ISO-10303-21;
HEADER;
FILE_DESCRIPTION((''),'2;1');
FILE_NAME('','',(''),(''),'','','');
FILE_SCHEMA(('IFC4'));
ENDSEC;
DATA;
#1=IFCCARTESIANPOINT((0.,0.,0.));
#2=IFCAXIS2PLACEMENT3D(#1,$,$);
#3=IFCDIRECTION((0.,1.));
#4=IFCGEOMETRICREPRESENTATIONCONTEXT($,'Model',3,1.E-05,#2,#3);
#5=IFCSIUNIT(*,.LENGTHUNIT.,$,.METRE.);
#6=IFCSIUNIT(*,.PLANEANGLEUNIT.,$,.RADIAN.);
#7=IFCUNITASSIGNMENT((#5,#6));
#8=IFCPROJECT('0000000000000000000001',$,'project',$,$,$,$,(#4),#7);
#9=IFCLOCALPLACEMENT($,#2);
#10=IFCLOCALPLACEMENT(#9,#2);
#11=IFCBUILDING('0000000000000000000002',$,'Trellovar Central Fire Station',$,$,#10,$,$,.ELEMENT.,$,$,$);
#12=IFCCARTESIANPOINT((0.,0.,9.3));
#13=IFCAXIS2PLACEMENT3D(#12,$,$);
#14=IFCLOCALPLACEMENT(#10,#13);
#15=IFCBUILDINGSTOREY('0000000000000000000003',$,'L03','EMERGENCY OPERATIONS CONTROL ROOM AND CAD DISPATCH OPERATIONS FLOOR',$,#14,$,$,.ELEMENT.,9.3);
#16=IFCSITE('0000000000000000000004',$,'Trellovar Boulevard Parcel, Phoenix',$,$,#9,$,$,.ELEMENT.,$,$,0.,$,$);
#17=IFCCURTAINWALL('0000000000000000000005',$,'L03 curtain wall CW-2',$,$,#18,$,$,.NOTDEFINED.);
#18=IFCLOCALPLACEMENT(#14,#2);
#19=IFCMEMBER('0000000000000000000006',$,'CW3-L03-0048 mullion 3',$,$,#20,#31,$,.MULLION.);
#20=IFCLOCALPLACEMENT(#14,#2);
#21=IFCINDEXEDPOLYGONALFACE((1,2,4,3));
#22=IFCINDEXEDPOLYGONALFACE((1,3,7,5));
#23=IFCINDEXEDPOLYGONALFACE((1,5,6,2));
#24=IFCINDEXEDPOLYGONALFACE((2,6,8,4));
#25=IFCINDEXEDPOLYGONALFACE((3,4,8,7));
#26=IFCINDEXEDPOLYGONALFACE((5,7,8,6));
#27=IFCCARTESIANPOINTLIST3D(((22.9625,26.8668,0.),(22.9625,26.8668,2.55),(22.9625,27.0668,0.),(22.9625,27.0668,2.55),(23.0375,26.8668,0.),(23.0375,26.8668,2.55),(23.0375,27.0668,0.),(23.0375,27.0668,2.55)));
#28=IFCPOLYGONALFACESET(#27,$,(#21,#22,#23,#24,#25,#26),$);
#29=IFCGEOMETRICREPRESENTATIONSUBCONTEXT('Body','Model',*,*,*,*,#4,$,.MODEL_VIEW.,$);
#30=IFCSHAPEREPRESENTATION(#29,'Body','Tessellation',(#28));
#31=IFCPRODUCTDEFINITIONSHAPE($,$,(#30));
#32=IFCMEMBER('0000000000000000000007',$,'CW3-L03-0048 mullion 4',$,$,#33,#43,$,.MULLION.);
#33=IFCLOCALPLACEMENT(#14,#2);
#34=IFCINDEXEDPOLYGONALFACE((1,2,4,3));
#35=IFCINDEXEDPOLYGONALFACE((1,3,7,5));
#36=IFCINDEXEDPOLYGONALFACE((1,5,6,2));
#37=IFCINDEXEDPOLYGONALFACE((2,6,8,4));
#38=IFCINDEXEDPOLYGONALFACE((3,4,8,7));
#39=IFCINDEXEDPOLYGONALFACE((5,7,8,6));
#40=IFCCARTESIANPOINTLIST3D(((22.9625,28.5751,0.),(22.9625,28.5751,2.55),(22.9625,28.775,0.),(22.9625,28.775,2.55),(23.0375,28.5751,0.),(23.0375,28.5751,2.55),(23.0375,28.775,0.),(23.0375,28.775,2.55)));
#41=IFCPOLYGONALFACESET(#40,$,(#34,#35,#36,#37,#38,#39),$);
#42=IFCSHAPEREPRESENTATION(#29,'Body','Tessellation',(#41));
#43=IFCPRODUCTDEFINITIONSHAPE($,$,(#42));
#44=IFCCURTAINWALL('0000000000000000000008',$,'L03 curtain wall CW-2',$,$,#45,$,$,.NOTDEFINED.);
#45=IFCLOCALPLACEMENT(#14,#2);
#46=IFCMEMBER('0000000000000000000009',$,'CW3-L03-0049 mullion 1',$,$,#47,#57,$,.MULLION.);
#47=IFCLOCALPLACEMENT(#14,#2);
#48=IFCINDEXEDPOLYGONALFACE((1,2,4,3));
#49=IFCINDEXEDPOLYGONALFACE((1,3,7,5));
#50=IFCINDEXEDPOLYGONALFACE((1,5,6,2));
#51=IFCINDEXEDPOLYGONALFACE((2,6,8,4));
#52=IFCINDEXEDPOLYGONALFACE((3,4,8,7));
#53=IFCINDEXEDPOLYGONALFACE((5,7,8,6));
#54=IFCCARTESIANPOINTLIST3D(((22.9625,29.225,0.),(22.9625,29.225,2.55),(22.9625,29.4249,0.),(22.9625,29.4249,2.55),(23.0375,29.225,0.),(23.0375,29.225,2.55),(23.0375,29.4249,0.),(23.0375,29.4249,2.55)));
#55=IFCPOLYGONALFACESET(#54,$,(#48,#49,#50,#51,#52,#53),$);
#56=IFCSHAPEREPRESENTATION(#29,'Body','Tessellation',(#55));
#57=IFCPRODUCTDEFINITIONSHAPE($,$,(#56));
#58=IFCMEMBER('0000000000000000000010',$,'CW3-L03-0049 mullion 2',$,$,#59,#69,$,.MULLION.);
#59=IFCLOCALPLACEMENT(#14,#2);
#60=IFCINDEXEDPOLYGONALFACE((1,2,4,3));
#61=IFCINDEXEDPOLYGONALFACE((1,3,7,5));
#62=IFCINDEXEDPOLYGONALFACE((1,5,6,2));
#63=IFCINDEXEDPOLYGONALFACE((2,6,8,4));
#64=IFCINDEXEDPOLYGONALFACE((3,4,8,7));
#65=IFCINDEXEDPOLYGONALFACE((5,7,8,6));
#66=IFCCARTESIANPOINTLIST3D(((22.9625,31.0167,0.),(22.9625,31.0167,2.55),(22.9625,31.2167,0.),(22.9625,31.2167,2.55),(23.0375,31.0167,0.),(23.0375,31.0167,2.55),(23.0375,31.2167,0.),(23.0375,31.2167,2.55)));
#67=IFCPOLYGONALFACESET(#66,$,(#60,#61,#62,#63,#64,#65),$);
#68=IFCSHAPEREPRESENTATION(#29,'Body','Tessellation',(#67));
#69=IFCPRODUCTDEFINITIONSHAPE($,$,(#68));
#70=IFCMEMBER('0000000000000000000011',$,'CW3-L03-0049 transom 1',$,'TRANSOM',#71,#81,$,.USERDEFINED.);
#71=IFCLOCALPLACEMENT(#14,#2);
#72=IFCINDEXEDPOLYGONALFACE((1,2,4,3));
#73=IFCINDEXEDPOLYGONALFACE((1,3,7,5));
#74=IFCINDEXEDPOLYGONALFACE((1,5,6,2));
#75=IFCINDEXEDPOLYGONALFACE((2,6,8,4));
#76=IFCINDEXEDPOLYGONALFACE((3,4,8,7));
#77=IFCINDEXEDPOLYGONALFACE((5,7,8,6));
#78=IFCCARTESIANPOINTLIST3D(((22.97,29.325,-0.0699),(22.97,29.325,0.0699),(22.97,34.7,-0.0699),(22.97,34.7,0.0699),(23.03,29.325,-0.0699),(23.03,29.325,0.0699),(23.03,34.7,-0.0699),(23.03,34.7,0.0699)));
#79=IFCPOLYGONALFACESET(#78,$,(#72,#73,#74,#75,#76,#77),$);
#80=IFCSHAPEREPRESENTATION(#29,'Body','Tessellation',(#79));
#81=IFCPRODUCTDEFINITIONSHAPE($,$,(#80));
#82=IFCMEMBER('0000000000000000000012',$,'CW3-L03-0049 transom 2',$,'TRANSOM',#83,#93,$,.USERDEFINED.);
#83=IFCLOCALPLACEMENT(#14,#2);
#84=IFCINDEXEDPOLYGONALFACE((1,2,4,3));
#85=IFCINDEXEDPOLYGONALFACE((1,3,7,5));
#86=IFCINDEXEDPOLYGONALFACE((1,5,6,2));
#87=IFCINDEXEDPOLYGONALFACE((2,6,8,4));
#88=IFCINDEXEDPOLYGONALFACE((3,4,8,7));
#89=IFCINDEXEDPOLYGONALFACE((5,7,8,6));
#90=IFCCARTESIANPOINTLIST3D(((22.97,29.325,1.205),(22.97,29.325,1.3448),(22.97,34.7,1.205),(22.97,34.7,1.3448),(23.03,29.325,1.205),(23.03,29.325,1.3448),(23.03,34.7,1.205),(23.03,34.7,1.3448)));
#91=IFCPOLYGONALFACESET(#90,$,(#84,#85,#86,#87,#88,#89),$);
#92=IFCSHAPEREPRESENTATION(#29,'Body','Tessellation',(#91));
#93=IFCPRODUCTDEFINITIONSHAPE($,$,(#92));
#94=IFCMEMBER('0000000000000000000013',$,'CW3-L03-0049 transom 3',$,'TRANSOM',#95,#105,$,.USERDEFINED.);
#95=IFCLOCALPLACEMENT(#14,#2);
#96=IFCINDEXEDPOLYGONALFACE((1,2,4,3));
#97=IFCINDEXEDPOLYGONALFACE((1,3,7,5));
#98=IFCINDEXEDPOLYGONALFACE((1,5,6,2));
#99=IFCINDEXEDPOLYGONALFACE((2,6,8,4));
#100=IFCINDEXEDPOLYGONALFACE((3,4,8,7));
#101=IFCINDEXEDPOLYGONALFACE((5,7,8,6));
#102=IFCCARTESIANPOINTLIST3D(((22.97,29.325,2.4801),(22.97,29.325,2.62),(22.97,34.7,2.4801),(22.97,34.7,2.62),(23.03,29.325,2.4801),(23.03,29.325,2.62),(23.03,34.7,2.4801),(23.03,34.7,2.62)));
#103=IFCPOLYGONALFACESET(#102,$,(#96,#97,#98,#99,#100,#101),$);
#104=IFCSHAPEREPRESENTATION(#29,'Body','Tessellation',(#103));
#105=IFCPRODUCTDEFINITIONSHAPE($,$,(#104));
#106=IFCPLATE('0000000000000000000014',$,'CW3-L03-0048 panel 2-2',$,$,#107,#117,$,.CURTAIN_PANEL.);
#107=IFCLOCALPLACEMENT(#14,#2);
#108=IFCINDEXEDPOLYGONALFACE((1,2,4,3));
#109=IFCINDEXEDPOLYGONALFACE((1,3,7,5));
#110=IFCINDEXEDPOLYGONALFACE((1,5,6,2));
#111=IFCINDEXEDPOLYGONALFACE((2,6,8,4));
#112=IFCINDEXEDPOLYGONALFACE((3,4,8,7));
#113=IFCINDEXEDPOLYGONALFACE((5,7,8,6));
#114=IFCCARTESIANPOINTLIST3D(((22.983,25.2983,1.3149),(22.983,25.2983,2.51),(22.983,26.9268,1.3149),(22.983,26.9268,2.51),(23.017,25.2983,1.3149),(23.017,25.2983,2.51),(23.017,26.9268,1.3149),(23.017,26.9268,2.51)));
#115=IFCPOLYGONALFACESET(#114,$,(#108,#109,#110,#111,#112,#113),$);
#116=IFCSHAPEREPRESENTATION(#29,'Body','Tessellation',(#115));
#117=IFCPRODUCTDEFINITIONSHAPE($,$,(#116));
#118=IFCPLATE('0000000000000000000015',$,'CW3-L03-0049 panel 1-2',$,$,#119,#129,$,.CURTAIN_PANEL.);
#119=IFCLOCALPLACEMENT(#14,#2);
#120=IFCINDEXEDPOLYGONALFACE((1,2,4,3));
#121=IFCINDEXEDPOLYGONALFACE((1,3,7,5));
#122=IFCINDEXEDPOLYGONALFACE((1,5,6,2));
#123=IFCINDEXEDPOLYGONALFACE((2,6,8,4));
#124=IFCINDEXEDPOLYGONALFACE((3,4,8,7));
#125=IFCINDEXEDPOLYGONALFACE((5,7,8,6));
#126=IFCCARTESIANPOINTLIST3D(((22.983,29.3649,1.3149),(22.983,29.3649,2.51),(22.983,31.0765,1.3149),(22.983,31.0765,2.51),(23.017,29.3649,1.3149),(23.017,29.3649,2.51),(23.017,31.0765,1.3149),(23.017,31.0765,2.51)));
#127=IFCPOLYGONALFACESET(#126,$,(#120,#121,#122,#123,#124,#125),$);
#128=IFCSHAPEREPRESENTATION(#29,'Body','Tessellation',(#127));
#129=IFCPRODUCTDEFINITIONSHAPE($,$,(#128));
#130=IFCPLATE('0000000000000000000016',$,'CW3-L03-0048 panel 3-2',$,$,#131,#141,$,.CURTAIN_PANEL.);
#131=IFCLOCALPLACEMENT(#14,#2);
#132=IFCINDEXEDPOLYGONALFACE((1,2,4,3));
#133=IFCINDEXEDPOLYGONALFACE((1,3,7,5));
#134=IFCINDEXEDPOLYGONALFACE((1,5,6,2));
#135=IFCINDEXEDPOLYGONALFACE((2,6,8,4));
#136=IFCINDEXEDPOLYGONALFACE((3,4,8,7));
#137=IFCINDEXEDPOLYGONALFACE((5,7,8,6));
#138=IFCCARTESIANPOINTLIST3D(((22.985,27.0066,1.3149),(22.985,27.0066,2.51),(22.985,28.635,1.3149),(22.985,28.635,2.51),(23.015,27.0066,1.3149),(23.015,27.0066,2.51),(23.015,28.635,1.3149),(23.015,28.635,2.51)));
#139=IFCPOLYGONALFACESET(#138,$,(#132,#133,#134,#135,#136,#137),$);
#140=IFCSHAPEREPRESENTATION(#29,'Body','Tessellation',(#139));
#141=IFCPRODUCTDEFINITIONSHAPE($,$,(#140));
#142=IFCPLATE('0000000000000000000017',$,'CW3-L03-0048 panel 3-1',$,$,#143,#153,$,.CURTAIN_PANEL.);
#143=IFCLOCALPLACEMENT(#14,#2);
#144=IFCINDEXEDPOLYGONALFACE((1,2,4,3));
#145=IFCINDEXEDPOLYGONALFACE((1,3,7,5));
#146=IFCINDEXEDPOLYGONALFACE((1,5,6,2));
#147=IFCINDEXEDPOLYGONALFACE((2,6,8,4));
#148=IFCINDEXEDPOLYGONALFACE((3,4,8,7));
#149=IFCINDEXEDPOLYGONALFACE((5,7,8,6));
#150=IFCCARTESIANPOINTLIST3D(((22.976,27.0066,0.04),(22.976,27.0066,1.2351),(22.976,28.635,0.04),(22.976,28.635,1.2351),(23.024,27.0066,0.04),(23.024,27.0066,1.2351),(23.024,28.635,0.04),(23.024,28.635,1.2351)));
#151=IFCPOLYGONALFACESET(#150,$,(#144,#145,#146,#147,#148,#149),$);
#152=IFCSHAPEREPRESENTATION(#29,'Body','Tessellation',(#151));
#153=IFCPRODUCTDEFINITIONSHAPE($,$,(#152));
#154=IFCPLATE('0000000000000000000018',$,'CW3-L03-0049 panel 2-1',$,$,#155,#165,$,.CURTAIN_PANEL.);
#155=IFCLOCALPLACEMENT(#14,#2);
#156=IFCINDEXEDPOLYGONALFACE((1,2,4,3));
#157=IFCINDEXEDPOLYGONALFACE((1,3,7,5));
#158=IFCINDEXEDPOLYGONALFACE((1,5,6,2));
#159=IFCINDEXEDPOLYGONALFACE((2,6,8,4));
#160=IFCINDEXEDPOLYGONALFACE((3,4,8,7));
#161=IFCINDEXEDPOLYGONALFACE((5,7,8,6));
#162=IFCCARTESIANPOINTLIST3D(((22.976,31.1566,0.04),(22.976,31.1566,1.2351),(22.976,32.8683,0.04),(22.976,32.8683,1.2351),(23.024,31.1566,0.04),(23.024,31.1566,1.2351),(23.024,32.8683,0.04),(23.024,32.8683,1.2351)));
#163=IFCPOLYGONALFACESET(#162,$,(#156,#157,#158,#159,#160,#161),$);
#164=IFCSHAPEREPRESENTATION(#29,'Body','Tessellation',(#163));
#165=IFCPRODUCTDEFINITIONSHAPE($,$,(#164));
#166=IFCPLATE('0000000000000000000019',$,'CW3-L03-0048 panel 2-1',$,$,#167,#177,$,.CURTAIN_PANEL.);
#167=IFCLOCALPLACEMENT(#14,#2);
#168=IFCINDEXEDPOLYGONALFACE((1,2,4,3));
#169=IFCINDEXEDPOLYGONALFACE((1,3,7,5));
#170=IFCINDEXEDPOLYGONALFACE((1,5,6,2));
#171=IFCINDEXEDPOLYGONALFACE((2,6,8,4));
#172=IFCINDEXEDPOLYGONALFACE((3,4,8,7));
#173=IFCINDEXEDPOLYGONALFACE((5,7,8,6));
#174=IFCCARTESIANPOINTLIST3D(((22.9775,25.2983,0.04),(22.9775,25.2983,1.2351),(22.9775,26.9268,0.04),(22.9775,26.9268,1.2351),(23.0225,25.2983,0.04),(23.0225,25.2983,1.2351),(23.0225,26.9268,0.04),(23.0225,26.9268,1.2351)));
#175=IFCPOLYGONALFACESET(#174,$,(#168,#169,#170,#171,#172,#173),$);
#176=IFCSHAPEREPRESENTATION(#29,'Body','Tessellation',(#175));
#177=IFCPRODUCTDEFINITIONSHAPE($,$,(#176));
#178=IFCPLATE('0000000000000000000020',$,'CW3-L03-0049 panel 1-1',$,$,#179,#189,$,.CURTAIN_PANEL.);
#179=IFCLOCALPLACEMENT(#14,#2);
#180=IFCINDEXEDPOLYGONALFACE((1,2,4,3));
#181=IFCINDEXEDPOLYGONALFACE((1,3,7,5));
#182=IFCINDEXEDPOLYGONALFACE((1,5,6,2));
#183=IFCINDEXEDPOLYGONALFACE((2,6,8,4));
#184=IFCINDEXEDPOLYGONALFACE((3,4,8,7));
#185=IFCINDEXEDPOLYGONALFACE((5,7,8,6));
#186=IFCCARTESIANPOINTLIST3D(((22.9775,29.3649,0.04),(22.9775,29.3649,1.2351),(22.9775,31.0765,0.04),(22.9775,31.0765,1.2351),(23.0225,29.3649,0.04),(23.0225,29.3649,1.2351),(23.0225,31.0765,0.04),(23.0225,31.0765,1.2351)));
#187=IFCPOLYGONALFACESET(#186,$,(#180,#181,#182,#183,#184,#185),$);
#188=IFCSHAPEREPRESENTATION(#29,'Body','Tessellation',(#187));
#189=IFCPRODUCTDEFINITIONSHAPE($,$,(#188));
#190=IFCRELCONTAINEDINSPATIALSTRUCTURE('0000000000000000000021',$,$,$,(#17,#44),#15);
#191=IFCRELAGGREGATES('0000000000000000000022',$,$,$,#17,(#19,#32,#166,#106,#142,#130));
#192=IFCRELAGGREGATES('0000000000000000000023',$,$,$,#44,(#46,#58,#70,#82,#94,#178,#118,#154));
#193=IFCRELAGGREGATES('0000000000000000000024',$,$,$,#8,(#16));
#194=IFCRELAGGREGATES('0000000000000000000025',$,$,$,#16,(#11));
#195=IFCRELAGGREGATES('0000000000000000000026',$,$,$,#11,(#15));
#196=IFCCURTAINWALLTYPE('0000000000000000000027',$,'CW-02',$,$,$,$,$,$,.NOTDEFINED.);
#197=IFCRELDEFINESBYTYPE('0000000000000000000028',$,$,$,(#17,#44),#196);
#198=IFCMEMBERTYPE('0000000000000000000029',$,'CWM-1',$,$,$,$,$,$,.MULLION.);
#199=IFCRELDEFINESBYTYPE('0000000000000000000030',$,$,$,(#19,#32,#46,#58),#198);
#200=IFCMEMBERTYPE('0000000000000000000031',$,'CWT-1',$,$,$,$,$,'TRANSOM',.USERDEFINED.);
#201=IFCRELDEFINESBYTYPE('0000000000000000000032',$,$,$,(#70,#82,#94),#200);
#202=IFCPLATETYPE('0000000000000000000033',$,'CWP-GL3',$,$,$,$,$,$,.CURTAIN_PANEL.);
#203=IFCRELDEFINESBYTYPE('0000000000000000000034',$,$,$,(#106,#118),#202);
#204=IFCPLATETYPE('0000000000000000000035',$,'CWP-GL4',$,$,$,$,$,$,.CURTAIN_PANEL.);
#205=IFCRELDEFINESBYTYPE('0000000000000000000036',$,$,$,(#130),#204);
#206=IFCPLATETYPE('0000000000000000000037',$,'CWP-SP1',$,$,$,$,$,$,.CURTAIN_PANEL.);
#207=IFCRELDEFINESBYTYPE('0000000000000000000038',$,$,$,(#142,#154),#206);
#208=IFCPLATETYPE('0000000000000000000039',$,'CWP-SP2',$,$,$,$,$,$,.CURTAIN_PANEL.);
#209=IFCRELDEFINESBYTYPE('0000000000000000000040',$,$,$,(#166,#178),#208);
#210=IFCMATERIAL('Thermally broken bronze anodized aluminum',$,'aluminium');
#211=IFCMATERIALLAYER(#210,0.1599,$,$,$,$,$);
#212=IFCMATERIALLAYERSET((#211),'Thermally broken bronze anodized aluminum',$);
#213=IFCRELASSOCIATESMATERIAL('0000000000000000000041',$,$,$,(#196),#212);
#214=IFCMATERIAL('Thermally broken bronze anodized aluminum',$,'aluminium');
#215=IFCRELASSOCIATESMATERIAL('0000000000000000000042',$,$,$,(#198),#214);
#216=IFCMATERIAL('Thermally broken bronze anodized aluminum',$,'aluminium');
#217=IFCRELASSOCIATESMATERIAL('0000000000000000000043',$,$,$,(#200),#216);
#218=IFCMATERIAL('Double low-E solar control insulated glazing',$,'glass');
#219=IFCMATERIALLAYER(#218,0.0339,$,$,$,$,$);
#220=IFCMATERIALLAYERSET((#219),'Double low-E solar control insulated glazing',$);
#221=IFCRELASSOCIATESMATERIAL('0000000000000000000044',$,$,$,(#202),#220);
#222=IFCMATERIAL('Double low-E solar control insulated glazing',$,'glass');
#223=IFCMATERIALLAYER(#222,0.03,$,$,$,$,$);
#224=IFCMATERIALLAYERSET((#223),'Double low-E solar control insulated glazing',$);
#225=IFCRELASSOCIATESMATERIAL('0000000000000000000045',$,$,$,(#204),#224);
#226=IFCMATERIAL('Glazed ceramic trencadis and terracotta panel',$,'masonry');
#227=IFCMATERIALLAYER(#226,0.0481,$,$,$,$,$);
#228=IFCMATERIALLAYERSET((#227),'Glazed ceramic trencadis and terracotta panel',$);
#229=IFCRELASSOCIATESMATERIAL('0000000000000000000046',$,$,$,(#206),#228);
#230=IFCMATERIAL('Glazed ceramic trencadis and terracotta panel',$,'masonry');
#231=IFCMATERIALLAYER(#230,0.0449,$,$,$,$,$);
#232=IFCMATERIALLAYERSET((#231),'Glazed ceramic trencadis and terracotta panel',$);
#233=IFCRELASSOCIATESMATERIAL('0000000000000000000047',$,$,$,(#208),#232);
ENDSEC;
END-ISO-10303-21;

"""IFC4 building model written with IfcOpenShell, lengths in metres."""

from ifc_helpers import new_model, si_unit, direction, frame, origin, origin_2d, place, context, subcontext, project, spatial, rectangle, extrude, material, layer, layer_set, material_profile, profile_set, type_object, element, aggregate, save


model = new_model("IFC4")

# Units and contexts
model_context = context("Model", 3, precision=1e-05, world=origin(), true_north=direction((0.0, 1.0)))
body_context = subcontext(model_context, "Body", "Model", "MODEL_VIEW")
ifc_project = project(units=[si_unit("LENGTHUNIT", "METRE"), si_unit("PLANEANGLEUNIT", "RADIAN")], contexts=[model_context])

# Site, building, storey
site_placement = place(None, origin())
site = spatial("IfcSite", under=ifc_project, at=site_placement, Name="Trellovar Boulevard Parcel, Phoenix", CompositionType="ELEMENT", RefElevation=0.0)
building_placement = place(site_placement, origin())
building = spatial("IfcBuilding", under=site, at=building_placement, Name="Trellovar Central Fire Station", CompositionType="ELEMENT")
storey_placement = place(building_placement, frame((0.0, 0.0, 9.3)))
storey = spatial("IfcBuildingStorey", under=building, at=storey_placement, Name="L03", Description="EMERGENCY OPERATIONS CONTROL ROOM AND CAD DISPATCH OPERATIONS FLOOR", CompositionType="ELEMENT", Elevation=9.3)

# Curtain walls, members
ifc_material_1 = material(Name="Thermally broken bronze anodized aluminum", Category="aluminium")
ifc_layer_1 = layer(ifc_material_1, 0.1599)
ifc_layer_set_1 = layer_set([ifc_layer_1], Name="Thermally broken bronze anodized aluminum")
curtain_wall_type = type_object("IfcCurtainWallType", Name="CW-02", PredefinedType="NOTDEFINED", material=ifc_layer_set_1)
curtain_wall_1_placement = place(storey_placement, origin())
curtain_wall_1 = element("IfcCurtainWall", 1, at=curtain_wall_1_placement, inside=storey, type_object=curtain_wall_type, Name="L03 curtain wall CW-2", PredefinedType="NOTDEFINED")
ifc_material_2 = material(Name="Thermally broken bronze anodized aluminum", Category="aluminium")
ifc_material_profile_1 = material_profile(ifc_material_2, rectangle(XDim=0.075, YDim=0.2, at=origin_2d()), Name="ALU75X200")
ifc_profile_set_1 = profile_set([ifc_material_profile_1], Name="Thermally broken bronze anodized aluminum")
member_type_1 = type_object("IfcMemberType", Name="CWM-1", PredefinedType="MULLION", material=ifc_profile_set_1)
member_1_placement = place(storey_placement, frame((23.0, 26.9668, 0.0), z_axis=(0.0, 0.0, 1.0), x_axis=(1.0, 0.0, 0.0)))
member_1 = element("IfcMember", 2, at=member_1_placement, type_object=member_type_1, Name="CW3-L03-0048 mullion 3", PredefinedType="MULLION", context=body_context, shape_type="SweptSolid", body=[
    extrude(rectangle(XDim=0.075, YDim=0.2, at=origin_2d()), origin(), (0.0, 0.0, 1.0), 2.55),
])
member_2_placement = place(storey_placement, frame((23.0, 28.675, 0.0), z_axis=(0.0, 0.0, 1.0), x_axis=(1.0, 0.0, 0.0)))
member_2 = element("IfcMember", 3, at=member_2_placement, type_object=member_type_1, Name="CW3-L03-0048 mullion 4", PredefinedType="MULLION", context=body_context, shape_type="SweptSolid", body=[
    extrude(rectangle(XDim=0.075, YDim=0.2, at=origin_2d()), origin(), (0.0, 0.0, 1.0), 2.55),
])
curtain_wall_2_placement = place(storey_placement, origin())
curtain_wall_2 = element("IfcCurtainWall", 4, at=curtain_wall_2_placement, inside=storey, type_object=curtain_wall_type, Name="L03 curtain wall CW-2", PredefinedType="NOTDEFINED")
member_3_placement = place(storey_placement, frame((23.0, 29.325, 0.0), z_axis=(0.0, 0.0, 1.0), x_axis=(1.0, 0.0, 0.0)))
member_3 = element("IfcMember", 5, at=member_3_placement, type_object=member_type_1, Name="CW3-L03-0049 mullion 1", PredefinedType="MULLION", context=body_context, shape_type="SweptSolid", body=[
    extrude(rectangle(XDim=0.075, YDim=0.2, at=origin_2d()), origin(), (0.0, 0.0, 1.0), 2.55),
])
member_4_placement = place(storey_placement, frame((23.0, 31.1167, 0.0), z_axis=(0.0, 0.0, 1.0), x_axis=(1.0, 0.0, 0.0)))
member_4 = element("IfcMember", 6, at=member_4_placement, type_object=member_type_1, Name="CW3-L03-0049 mullion 2", PredefinedType="MULLION", context=body_context, shape_type="SweptSolid", body=[
    extrude(rectangle(XDim=0.075, YDim=0.2, at=origin_2d()), origin(), (0.0, 0.0, 1.0), 2.55),
])
ifc_material_3 = material(Name="Thermally broken bronze anodized aluminum", Category="aluminium")
ifc_material_profile_2 = material_profile(ifc_material_3, rectangle(XDim=0.0601, YDim=0.1399, at=origin_2d()), Name="ALU60X140")
ifc_profile_set_2 = profile_set([ifc_material_profile_2], Name="Thermally broken bronze anodized aluminum")
member_type_2 = type_object("IfcMemberType", Name="CWT-1", ElementType="TRANSOM", PredefinedType="USERDEFINED", material=ifc_profile_set_2)
member_5_placement = place(storey_placement, frame((23.0, 29.325, 0.0), z_axis=(0.0, 1.0, 0.0), x_axis=(-1.0, 0.0, 0.0)))
member_5 = element("IfcMember", 7, at=member_5_placement, type_object=member_type_2, Name="CW3-L03-0049 transom 1", ObjectType="TRANSOM", PredefinedType="USERDEFINED", context=body_context, shape_type="SweptSolid", body=[
    extrude(rectangle(XDim=0.0601, YDim=0.1399, at=origin_2d()), origin(), (0.0, 0.0, 1.0), 5.375),
])
member_6_placement = place(storey_placement, frame((23.0, 29.325, 1.2749), z_axis=(0.0, 1.0, 0.0), x_axis=(-1.0, 0.0, 0.0)))
member_6 = element("IfcMember", 8, at=member_6_placement, type_object=member_type_2, Name="CW3-L03-0049 transom 2", ObjectType="TRANSOM", PredefinedType="USERDEFINED", context=body_context, shape_type="SweptSolid", body=[
    extrude(rectangle(XDim=0.0601, YDim=0.1399, at=origin_2d()), origin(), (0.0, 0.0, 1.0), 5.375),
])
member_7_placement = place(storey_placement, frame((23.0, 29.325, 2.55), z_axis=(0.0, 1.0, 0.0), x_axis=(-1.0, 0.0, 0.0)))
member_7 = element("IfcMember", 9, at=member_7_placement, type_object=member_type_2, Name="CW3-L03-0049 transom 3", ObjectType="TRANSOM", PredefinedType="USERDEFINED", context=body_context, shape_type="SweptSolid", body=[
    extrude(rectangle(XDim=0.0601, YDim=0.1399, at=origin_2d()), origin(), (0.0, 0.0, 1.0), 5.375),
])

# Plates
ifc_material_4 = material(Name="Double low-E solar control insulated glazing", Category="glass")
ifc_layer_2 = layer(ifc_material_4, 0.0339)
ifc_layer_set_2 = layer_set([ifc_layer_2], Name="Double low-E solar control insulated glazing")
plate_type_1 = type_object("IfcPlateType", Name="CWP-GL3", PredefinedType="CURTAIN_PANEL", material=ifc_layer_set_2)
plate_1_placement = place(storey_placement, frame((23.0, 26.1125, 1.3149), z_axis=(0.0, 0.0, 1.0), x_axis=(0.0, 1.0, 0.0)))
plate_1 = element("IfcPlate", 10, at=plate_1_placement, type_object=plate_type_1, Name="CW3-L03-0048 panel 2-2", PredefinedType="CURTAIN_PANEL", context=body_context, shape_type="SweptSolid", body=[
    extrude(rectangle(XDim=1.6284, YDim=0.0339, at=origin_2d()), origin(), (0.0, 0.0, 1.0), 1.1951),
])
plate_2_placement = place(storey_placement, frame((23.0, 30.2207, 1.3149), z_axis=(0.0, 0.0, 1.0), x_axis=(0.0, 1.0, 0.0)))
plate_2 = element("IfcPlate", 11, at=plate_2_placement, type_object=plate_type_1, Name="CW3-L03-0049 panel 1-2", PredefinedType="CURTAIN_PANEL", context=body_context, shape_type="SweptSolid", body=[
    extrude(rectangle(XDim=1.7117, YDim=0.0339, at=origin_2d()), origin(), (0.0, 0.0, 1.0), 1.1951),
])
ifc_material_5 = material(Name="Double low-E solar control insulated glazing", Category="glass")
ifc_layer_3 = layer(ifc_material_5, 0.03)
ifc_layer_set_3 = layer_set([ifc_layer_3], Name="Double low-E solar control insulated glazing")
plate_type_2 = type_object("IfcPlateType", Name="CWP-GL4", PredefinedType="CURTAIN_PANEL", material=ifc_layer_set_3)
plate_3_placement = place(storey_placement, frame((23.0, 27.8208, 1.3149), z_axis=(0.0, 0.0, 1.0), x_axis=(0.0, 1.0, 0.0)))
plate_3 = element("IfcPlate", 12, at=plate_3_placement, type_object=plate_type_2, Name="CW3-L03-0048 panel 3-2", PredefinedType="CURTAIN_PANEL", context=body_context, shape_type="SweptSolid", body=[
    extrude(rectangle(XDim=1.6284, YDim=0.03, at=origin_2d()), origin(), (0.0, 0.0, 1.0), 1.1951),
])
ifc_material_6 = material(Name="Glazed ceramic trencadis and terracotta panel", Category="masonry")
ifc_layer_4 = layer(ifc_material_6, 0.0481)
ifc_layer_set_4 = layer_set([ifc_layer_4], Name="Glazed ceramic trencadis and terracotta panel")
plate_type_3 = type_object("IfcPlateType", Name="CWP-SP1", PredefinedType="CURTAIN_PANEL", material=ifc_layer_set_4)
plate_4_placement = place(storey_placement, frame((23.0, 27.8208, 0.04), z_axis=(0.0, 0.0, 1.0), x_axis=(0.0, 1.0, 0.0)))
plate_4 = element("IfcPlate", 13, at=plate_4_placement, type_object=plate_type_3, Name="CW3-L03-0048 panel 3-1", PredefinedType="CURTAIN_PANEL", context=body_context, shape_type="SweptSolid", body=[
    extrude(rectangle(XDim=1.6284, YDim=0.0481, at=origin_2d()), origin(), (0.0, 0.0, 1.0), 1.1951),
])
plate_5_placement = place(storey_placement, frame((23.0, 32.0125, 0.04), z_axis=(0.0, 0.0, 1.0), x_axis=(0.0, 1.0, 0.0)))
plate_5 = element("IfcPlate", 14, at=plate_5_placement, type_object=plate_type_3, Name="CW3-L03-0049 panel 2-1", PredefinedType="CURTAIN_PANEL", context=body_context, shape_type="SweptSolid", body=[
    extrude(rectangle(XDim=1.7117, YDim=0.0481, at=origin_2d()), origin(), (0.0, 0.0, 1.0), 1.1951),
])
ifc_material_7 = material(Name="Glazed ceramic trencadis and terracotta panel", Category="masonry")
ifc_layer_5 = layer(ifc_material_7, 0.0449)
ifc_layer_set_5 = layer_set([ifc_layer_5], Name="Glazed ceramic trencadis and terracotta panel")
plate_type_4 = type_object("IfcPlateType", Name="CWP-SP2", PredefinedType="CURTAIN_PANEL", material=ifc_layer_set_5)
plate_6_placement = place(storey_placement, frame((23.0, 26.1125, 0.04), z_axis=(0.0, 0.0, 1.0), x_axis=(0.0, 1.0, 0.0)))
plate_6 = element("IfcPlate", 15, at=plate_6_placement, type_object=plate_type_4, Name="CW3-L03-0048 panel 2-1", PredefinedType="CURTAIN_PANEL", context=body_context, shape_type="SweptSolid", body=[
    extrude(rectangle(XDim=1.6284, YDim=0.0449, at=origin_2d()), origin(), (0.0, 0.0, 1.0), 1.1951),
])
aggregate(curtain_wall_1, [member_1, member_2, plate_6, plate_1, plate_4, plate_3])
plate_7_placement = place(storey_placement, frame((23.0, 30.2207, 0.04), z_axis=(0.0, 0.0, 1.0), x_axis=(0.0, 1.0, 0.0)))
plate_7 = element("IfcPlate", 16, at=plate_7_placement, type_object=plate_type_4, Name="CW3-L03-0049 panel 1-1", PredefinedType="CURTAIN_PANEL", context=body_context, shape_type="SweptSolid", body=[
    extrude(rectangle(XDim=1.7117, YDim=0.0449, at=origin_2d()), origin(), (0.0, 0.0, 1.0), 1.1951),
])
aggregate(curtain_wall_2, [member_3, member_4, member_5, member_6, member_7, plate_7, plate_2, plate_5])

save(model, "model.ifc")
